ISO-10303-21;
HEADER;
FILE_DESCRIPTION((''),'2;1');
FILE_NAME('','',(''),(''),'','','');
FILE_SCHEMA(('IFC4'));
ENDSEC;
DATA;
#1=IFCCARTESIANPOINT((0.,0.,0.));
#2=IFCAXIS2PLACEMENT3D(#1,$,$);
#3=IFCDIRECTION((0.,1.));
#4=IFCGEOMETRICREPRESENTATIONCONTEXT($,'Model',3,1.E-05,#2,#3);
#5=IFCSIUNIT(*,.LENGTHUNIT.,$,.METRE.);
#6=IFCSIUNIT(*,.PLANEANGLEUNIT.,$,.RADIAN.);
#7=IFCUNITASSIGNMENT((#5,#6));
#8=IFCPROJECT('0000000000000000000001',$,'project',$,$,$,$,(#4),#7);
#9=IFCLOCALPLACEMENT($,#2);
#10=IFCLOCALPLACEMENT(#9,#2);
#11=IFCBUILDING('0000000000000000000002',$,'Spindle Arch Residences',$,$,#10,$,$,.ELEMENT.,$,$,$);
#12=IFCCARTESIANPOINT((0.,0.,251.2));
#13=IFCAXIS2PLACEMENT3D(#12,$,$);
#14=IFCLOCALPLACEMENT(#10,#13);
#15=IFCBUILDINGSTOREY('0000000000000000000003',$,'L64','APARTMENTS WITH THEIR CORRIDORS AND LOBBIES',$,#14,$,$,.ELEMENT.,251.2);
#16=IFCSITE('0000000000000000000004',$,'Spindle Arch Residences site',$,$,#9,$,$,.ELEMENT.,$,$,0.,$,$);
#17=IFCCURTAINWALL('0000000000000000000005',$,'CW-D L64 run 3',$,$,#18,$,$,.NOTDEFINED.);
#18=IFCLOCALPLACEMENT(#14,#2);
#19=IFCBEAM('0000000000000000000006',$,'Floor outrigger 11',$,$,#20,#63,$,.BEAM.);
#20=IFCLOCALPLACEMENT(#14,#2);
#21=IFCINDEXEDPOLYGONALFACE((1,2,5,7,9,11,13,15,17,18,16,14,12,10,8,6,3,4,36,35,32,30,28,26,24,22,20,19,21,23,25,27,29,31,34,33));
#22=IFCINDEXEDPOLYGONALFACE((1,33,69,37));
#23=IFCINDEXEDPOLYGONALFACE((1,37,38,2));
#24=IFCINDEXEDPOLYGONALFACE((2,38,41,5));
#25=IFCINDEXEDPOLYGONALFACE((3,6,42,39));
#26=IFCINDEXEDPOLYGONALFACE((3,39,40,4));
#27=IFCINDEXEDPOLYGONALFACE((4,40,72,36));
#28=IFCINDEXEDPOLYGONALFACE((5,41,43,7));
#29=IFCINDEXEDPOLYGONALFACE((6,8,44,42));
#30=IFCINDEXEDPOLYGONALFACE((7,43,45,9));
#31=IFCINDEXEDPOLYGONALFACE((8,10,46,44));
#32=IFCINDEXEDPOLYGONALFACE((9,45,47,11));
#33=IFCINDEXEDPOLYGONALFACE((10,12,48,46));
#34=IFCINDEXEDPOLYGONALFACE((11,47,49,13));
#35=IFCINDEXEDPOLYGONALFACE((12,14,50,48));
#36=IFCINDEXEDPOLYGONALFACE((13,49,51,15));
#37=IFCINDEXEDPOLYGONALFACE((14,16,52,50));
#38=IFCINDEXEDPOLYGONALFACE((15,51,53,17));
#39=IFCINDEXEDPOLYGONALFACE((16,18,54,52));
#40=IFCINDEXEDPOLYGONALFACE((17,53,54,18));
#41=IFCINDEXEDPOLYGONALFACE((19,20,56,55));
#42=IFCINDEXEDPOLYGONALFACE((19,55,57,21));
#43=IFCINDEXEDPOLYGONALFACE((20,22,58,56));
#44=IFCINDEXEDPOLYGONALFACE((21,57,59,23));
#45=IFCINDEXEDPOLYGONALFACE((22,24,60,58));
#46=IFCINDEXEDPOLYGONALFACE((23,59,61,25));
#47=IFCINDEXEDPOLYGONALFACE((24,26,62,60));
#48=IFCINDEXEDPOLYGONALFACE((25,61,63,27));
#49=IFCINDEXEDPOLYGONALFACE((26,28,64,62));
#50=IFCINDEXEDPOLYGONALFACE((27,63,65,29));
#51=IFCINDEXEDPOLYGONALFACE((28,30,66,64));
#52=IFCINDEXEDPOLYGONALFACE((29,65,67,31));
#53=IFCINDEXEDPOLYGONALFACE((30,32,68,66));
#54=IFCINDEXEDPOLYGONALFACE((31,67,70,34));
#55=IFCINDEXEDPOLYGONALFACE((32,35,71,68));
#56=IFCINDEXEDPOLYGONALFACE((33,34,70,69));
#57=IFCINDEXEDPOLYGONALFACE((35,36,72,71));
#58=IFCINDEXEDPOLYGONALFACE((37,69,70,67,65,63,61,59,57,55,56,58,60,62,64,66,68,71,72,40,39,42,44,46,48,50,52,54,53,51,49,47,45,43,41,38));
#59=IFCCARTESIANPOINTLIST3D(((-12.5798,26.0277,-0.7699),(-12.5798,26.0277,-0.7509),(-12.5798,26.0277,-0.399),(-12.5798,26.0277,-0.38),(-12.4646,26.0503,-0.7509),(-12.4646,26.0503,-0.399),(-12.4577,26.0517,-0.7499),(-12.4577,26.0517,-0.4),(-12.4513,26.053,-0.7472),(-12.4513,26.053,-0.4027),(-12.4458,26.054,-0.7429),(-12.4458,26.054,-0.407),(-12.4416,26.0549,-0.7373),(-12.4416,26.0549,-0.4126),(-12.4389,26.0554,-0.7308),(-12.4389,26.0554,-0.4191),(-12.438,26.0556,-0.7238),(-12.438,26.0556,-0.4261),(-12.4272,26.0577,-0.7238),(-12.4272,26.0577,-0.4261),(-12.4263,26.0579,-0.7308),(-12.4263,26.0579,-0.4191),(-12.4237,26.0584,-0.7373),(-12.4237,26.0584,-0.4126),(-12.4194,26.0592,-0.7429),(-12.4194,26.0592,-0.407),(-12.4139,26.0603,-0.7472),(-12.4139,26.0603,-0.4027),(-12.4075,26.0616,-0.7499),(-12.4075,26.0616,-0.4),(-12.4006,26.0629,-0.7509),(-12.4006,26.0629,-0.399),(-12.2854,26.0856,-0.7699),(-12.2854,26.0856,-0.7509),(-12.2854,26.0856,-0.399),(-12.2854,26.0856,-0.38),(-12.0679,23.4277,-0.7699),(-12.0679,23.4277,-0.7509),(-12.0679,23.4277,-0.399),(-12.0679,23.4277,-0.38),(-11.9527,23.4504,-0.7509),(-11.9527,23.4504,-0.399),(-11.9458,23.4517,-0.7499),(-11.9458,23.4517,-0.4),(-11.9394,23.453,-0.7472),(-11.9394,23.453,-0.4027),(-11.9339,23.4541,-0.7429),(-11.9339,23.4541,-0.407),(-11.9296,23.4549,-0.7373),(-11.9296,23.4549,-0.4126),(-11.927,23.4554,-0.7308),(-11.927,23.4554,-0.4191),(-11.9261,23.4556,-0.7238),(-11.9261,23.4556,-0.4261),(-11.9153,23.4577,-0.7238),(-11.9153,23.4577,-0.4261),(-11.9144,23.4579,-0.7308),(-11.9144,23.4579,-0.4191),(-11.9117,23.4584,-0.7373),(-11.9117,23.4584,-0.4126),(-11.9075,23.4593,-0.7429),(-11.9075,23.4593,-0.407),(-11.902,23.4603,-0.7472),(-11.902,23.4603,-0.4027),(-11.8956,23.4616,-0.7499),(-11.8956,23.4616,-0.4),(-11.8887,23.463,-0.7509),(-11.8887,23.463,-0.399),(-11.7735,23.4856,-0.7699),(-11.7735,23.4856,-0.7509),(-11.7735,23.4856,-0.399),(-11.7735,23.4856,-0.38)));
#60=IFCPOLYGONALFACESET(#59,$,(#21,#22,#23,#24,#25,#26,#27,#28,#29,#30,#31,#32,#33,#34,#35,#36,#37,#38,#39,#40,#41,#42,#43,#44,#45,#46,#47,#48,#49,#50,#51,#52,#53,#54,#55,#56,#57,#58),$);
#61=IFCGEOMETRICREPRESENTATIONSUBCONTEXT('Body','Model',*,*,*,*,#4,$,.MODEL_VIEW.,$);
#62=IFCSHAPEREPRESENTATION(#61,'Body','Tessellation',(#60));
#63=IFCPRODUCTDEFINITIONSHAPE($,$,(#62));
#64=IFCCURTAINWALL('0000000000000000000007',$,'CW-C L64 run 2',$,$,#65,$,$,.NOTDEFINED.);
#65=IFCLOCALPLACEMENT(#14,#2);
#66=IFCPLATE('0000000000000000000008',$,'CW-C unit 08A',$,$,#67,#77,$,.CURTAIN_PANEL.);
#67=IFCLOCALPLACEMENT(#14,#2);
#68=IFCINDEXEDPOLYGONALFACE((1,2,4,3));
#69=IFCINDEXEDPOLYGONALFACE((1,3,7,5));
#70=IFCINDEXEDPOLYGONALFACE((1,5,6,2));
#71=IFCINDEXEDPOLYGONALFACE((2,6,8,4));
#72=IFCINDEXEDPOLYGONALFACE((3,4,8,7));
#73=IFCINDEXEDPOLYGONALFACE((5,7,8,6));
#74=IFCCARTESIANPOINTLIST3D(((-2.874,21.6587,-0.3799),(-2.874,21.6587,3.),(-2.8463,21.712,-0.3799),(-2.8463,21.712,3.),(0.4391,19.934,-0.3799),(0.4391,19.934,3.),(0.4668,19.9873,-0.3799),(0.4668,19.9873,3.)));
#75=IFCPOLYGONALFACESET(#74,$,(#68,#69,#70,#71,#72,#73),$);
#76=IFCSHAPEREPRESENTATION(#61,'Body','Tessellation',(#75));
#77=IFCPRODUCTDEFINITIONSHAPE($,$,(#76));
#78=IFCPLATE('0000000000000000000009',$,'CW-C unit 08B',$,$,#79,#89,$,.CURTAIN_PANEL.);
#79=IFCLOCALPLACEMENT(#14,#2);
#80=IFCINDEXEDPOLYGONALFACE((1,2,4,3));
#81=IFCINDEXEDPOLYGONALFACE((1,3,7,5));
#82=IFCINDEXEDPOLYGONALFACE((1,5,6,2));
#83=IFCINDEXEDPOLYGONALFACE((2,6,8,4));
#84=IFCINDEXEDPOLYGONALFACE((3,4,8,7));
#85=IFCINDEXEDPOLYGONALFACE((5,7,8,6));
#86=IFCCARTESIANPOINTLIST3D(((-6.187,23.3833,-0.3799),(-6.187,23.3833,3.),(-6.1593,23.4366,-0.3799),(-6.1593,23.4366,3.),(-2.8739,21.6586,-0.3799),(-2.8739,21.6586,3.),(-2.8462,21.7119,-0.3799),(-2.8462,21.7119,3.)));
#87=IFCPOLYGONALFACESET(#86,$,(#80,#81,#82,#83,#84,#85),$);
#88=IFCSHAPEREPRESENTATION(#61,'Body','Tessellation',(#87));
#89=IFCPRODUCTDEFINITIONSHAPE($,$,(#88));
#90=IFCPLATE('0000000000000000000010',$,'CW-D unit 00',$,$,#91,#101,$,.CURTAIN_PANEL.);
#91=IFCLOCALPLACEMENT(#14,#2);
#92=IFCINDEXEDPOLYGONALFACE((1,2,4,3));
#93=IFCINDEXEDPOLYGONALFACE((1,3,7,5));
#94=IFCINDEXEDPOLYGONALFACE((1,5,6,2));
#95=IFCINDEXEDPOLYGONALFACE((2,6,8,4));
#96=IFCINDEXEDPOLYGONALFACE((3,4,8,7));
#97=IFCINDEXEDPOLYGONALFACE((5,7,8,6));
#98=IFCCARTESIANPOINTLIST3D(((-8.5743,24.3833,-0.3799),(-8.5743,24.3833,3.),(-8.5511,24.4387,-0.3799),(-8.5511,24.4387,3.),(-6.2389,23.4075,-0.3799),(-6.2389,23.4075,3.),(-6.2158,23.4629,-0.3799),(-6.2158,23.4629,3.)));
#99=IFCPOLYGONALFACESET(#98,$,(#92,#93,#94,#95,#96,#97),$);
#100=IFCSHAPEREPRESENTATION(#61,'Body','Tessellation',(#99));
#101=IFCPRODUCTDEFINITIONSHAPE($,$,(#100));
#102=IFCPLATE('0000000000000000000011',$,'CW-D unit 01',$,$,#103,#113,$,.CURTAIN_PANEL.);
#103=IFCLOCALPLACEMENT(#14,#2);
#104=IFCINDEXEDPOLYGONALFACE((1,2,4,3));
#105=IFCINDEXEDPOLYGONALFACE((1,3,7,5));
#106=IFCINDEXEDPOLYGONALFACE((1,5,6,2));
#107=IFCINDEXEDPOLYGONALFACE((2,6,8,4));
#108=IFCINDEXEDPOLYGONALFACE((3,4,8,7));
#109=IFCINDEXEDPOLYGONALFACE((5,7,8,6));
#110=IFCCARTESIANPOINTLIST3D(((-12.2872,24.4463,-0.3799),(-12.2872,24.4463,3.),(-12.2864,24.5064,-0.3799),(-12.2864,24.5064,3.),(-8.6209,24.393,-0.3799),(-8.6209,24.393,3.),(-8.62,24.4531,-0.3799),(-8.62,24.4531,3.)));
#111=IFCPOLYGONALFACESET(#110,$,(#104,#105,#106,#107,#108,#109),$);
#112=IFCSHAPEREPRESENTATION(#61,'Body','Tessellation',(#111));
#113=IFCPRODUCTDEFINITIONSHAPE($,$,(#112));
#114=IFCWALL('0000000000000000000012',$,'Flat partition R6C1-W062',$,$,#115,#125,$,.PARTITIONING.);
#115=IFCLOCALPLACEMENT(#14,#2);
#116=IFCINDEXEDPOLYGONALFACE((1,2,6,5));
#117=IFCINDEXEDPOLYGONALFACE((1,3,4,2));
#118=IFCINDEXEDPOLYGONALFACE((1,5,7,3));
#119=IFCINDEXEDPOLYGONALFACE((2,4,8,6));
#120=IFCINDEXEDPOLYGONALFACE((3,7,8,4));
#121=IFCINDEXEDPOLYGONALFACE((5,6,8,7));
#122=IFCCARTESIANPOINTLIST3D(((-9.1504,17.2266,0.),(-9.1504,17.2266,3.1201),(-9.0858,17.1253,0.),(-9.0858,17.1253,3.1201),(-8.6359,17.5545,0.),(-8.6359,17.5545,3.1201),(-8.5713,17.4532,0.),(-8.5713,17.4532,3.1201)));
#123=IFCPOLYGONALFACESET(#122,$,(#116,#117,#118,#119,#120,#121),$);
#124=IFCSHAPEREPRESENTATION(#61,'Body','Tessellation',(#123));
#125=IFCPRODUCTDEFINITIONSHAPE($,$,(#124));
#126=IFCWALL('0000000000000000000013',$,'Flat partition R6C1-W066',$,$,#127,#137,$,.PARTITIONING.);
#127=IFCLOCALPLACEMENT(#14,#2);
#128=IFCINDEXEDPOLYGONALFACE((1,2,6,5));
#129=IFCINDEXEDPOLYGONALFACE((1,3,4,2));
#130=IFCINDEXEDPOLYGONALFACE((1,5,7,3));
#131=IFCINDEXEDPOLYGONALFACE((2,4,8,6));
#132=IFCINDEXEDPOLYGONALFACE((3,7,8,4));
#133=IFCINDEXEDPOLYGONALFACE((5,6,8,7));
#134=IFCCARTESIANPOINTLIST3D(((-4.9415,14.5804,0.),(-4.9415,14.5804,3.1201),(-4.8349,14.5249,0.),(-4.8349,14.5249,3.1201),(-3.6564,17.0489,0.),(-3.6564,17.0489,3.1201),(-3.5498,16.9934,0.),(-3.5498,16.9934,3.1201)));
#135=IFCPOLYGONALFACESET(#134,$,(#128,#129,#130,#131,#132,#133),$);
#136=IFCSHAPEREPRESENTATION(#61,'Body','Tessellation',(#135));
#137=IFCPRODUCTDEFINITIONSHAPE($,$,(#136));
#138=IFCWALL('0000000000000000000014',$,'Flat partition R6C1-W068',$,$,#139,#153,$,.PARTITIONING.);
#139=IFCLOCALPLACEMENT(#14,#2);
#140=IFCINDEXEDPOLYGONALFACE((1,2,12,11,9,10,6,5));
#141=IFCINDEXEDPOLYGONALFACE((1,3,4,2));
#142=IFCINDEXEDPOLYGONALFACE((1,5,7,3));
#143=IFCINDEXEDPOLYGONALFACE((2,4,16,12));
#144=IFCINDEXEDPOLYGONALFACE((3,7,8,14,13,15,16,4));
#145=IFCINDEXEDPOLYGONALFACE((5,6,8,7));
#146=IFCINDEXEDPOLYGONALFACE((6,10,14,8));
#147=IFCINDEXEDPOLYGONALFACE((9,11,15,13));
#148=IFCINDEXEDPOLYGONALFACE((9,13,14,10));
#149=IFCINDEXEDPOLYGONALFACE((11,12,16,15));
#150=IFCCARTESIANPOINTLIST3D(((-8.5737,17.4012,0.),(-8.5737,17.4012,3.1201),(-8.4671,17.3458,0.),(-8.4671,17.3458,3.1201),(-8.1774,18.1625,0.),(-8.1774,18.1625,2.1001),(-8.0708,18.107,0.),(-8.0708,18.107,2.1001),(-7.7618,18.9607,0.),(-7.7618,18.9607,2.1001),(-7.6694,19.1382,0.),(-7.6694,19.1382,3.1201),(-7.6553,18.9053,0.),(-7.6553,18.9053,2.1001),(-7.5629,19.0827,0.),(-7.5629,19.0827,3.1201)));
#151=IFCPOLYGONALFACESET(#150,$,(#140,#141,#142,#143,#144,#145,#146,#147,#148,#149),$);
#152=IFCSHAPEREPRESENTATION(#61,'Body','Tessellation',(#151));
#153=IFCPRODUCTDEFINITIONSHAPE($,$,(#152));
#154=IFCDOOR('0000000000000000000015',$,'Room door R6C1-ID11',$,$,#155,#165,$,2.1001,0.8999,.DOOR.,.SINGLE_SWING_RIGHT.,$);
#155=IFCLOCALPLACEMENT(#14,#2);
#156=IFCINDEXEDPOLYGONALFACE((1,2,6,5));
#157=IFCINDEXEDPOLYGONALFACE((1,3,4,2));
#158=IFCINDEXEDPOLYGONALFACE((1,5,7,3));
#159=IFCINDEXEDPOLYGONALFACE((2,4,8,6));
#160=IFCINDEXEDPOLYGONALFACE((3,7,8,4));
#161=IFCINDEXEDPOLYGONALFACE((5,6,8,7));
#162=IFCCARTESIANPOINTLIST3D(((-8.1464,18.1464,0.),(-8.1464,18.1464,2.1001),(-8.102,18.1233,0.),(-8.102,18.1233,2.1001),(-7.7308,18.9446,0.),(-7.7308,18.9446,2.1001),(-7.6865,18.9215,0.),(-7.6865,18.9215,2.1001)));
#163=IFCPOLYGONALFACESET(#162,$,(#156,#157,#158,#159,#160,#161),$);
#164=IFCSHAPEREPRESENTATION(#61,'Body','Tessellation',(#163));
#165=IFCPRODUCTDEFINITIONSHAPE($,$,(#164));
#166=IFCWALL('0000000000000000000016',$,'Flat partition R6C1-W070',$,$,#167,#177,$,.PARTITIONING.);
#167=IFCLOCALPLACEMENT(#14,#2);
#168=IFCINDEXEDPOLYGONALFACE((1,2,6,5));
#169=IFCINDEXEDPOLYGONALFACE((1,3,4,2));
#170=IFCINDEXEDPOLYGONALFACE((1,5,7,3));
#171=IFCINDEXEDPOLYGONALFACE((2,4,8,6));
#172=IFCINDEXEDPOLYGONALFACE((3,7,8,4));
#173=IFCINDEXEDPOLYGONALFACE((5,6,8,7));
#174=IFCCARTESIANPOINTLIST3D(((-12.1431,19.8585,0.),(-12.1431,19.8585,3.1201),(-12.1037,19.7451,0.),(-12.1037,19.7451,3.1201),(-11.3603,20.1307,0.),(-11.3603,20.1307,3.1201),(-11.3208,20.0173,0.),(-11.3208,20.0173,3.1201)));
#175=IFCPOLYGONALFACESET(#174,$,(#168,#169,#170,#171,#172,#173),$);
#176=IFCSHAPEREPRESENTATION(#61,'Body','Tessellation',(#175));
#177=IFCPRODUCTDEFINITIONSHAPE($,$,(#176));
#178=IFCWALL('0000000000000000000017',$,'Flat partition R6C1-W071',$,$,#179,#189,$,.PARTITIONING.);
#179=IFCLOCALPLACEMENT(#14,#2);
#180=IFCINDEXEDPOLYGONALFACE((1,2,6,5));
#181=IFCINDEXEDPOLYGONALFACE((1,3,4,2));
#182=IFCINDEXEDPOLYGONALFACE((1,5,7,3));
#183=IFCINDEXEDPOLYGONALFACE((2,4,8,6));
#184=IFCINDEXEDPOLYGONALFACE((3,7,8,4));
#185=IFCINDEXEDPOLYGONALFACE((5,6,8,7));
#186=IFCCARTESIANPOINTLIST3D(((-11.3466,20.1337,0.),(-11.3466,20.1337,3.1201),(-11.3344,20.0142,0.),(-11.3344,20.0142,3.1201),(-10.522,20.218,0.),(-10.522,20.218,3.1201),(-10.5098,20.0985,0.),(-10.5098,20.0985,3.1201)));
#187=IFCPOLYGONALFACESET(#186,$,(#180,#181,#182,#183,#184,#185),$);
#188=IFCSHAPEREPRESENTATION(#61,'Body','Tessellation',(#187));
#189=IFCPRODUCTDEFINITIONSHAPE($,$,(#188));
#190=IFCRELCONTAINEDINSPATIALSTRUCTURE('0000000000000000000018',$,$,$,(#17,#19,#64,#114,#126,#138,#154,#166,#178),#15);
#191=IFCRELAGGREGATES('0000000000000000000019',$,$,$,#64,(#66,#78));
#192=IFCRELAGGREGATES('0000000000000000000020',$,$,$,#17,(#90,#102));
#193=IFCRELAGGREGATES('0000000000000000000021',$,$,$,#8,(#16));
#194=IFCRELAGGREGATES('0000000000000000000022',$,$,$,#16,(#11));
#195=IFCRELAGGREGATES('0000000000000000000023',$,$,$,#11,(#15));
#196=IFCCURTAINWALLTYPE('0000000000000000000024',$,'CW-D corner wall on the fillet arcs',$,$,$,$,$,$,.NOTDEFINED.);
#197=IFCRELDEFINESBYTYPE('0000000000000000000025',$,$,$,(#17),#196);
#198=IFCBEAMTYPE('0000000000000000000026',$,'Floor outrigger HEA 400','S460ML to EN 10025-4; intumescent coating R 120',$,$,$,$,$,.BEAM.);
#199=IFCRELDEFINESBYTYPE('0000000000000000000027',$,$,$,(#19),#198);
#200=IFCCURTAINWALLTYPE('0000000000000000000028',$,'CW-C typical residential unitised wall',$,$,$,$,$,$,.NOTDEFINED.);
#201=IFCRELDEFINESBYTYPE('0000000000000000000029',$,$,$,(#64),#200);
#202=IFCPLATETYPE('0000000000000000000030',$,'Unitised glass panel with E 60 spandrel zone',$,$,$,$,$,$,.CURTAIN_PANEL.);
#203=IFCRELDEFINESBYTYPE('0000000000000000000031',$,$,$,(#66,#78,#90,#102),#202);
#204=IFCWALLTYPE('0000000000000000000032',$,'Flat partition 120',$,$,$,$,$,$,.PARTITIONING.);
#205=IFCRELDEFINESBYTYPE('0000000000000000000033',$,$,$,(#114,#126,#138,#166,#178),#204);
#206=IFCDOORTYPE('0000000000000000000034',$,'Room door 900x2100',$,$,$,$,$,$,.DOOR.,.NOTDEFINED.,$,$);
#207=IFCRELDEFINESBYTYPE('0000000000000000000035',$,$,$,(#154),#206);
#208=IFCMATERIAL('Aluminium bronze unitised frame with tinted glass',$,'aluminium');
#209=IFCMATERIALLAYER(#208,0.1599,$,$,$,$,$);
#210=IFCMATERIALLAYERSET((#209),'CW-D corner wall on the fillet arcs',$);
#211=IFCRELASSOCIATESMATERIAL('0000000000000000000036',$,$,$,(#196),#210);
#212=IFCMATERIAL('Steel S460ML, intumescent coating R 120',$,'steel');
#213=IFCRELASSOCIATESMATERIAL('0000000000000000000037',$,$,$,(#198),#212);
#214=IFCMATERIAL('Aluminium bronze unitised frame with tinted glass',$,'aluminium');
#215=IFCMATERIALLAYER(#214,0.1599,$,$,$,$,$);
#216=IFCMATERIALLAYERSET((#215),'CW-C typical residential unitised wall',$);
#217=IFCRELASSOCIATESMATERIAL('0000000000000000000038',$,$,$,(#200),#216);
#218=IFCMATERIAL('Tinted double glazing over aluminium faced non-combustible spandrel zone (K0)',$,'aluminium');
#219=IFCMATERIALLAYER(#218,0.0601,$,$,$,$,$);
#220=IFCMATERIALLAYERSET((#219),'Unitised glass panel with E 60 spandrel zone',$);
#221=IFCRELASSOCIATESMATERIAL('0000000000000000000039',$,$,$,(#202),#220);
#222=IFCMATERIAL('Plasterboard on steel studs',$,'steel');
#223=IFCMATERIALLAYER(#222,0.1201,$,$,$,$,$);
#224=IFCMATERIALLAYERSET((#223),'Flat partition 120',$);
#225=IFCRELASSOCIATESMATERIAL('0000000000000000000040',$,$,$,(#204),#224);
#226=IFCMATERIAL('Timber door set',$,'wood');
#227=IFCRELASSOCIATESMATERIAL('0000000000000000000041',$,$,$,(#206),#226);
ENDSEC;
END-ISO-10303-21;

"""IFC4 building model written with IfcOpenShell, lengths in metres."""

from ifc_helpers import new_model, si_unit, direction, frame, frame_2d, origin, origin_2d, place, context, subcontext, project, spatial, rectangle, i_section, extrude, material, layer, layer_set, material_profile, profile_set, type_object, element, fill, aggregate, save


model = new_model("IFC4")

# Units and contexts
model_context = context("Model", 3, precision=1e-05, world=origin(), true_north=direction((0.0, 1.0)))
body_context = subcontext(model_context, "Body", "Model", "MODEL_VIEW")
ifc_project = project(units=[si_unit("LENGTHUNIT", "METRE"), si_unit("PLANEANGLEUNIT", "RADIAN")], contexts=[model_context])

# Site, building, storey
site_placement = place(None, origin())
site = spatial("IfcSite", under=ifc_project, at=site_placement, Name="Spindle Arch Residences site", CompositionType="ELEMENT", RefElevation=0.0)
building_placement = place(site_placement, origin())
building = spatial("IfcBuilding", under=site, at=building_placement, Name="Spindle Arch Residences", CompositionType="ELEMENT")
storey_placement = place(building_placement, frame((0.0, 0.0, 251.2)))
storey = spatial("IfcBuildingStorey", under=building, at=storey_placement, Name="L64", Description="APARTMENTS WITH THEIR CORRIDORS AND LOBBIES", CompositionType="ELEMENT", Elevation=251.2)

# Curtain wall
ifc_material_1 = material(Name="Aluminium bronze unitised frame with tinted glass", Category="aluminium")
ifc_layer_1 = layer(ifc_material_1, 0.1599)
ifc_layer_set_1 = layer_set([ifc_layer_1], Name="CW-D corner wall on the fillet arcs")
curtain_wall_type_1 = type_object("IfcCurtainWallType", Name="CW-D corner wall on the fillet arcs", PredefinedType="NOTDEFINED", material=ifc_layer_set_1)
curtain_wall_1_placement = place(storey_placement, origin())
curtain_wall_1 = element("IfcCurtainWall", 1, at=curtain_wall_1_placement, inside=storey, type_object=curtain_wall_type_1, Name="CW-D L64 run 3", PredefinedType="NOTDEFINED")

# Beam
ifc_material_2 = material(Name="Steel S460ML, intumescent coating R 120", Category="steel")
ifc_material_profile_1 = material_profile(ifc_material_2, i_section(OverallWidth=0.3, OverallDepth=0.3899, WebThickness=0.011, FlangeThickness=0.019, FilletRadius=0.0271, at=origin_2d()), Name="HEA 400")
ifc_profile_set_1 = profile_set([ifc_material_profile_1], Name="Steel S460ML, intumescent coating R 120")
beam_type_1 = type_object("IfcBeamType", Name="Floor outrigger HEA 400", Description="S460ML to EN 10025-4; intumescent coating R 120", PredefinedType="BEAM", material=ifc_profile_set_1)
beam_1_placement = place(storey_placement, frame((-12.4326, 26.0566, -0.575), z_axis=(0.193192, -0.981161, 0.0), x_axis=(0.981161, 0.193192, 0.0)))
element("IfcBeam", 2, at=beam_1_placement, inside=storey, type_object=beam_type_1, Name="Floor outrigger 11", PredefinedType="BEAM", context=body_context, shape_type="SweptSolid", body=[
    extrude(i_section(OverallWidth=0.3, OverallDepth=0.3899, WebThickness=0.011, FlangeThickness=0.019, FilletRadius=0.0271, at=origin_2d()), origin(), (0.0, 0.0, 1.0), 2.6499),
])

# Curtain wall, plates
ifc_material_3 = material(Name="Aluminium bronze unitised frame with tinted glass", Category="aluminium")
ifc_layer_2 = layer(ifc_material_3, 0.1599)
ifc_layer_set_2 = layer_set([ifc_layer_2], Name="CW-C typical residential unitised wall")
curtain_wall_type_2 = type_object("IfcCurtainWallType", Name="CW-C typical residential unitised wall", PredefinedType="NOTDEFINED", material=ifc_layer_set_2)
curtain_wall_2_placement = place(storey_placement, origin())
curtain_wall_2 = element("IfcCurtainWall", 3, at=curtain_wall_2_placement, inside=storey, type_object=curtain_wall_type_2, Name="CW-C L64 run 2", PredefinedType="NOTDEFINED")
ifc_material_4 = material(Name="Tinted double glazing over aluminium faced non-combustible spandrel zone (K0)", Category="aluminium")
ifc_layer_3 = layer(ifc_material_4, 0.0601)
ifc_layer_set_3 = layer_set([ifc_layer_3], Name="Unitised glass panel with E 60 spandrel zone")
plate_type = type_object("IfcPlateType", Name="Unitised glass panel with E 60 spandrel zone", PredefinedType="CURTAIN_PANEL", material=ifc_layer_set_3)
plate_1_placement = place(storey_placement, frame((-1.2036, 20.823, -0.3799), z_axis=(0.0, 0.0, 1.0), x_axis=(-0.887011, 0.461749, 0.0)))
plate_1 = element("IfcPlate", 4, at=plate_1_placement, type_object=plate_type, Name="CW-C unit 08A", PredefinedType="CURTAIN_PANEL", context=body_context, shape_type="SweptSolid", body=[
    extrude(rectangle(XDim=3.7351, YDim=0.0601, at=origin_2d()), origin(), (0.0, 0.0, 1.0), 3.3799),
])
plate_2_placement = place(storey_placement, frame((-4.5166, 22.5476, -0.3799), z_axis=(0.0, 0.0, 1.0), x_axis=(-0.887011, 0.461749, 0.0)))
plate_2 = element("IfcPlate", 5, at=plate_2_placement, type_object=plate_type, Name="CW-C unit 08B", PredefinedType="CURTAIN_PANEL", context=body_context, shape_type="SweptSolid", body=[
    extrude(rectangle(XDim=3.7351, YDim=0.0601, at=origin_2d()), origin(), (0.0, 0.0, 1.0), 3.3799),
])
aggregate(curtain_wall_2, [plate_1, plate_2])

# Plates
plate_3_placement = place(storey_placement, frame((-7.395, 23.9231, -0.3799), z_axis=(0.0, 0.0, 1.0), x_axis=(-0.922686, 0.385552, 0.0)))
plate_3 = element("IfcPlate", 6, at=plate_3_placement, type_object=plate_type, Name="CW-D unit 00", PredefinedType="CURTAIN_PANEL", context=body_context, shape_type="SweptSolid", body=[
    extrude(rectangle(XDim=2.531, YDim=0.0601, at=origin_2d()), origin(), (0.0, 0.0, 1.0), 3.3799),
])
plate_4_placement = place(storey_placement, frame((-10.4536, 24.4497, -0.3799), z_axis=(0.0, 0.0, 1.0), x_axis=(-0.999894, 0.014544, 0.0)))
plate_4 = element("IfcPlate", 7, at=plate_4_placement, type_object=plate_type, Name="CW-D unit 01", PredefinedType="CURTAIN_PANEL", context=body_context, shape_type="SweptSolid", body=[
    extrude(rectangle(XDim=3.6667, YDim=0.0601, at=origin_2d()), origin(), (0.0, 0.0, 1.0), 3.3799),
])
aggregate(curtain_wall_1, [plate_3, plate_4])

# Walls
ifc_material_5 = material(Name="Plasterboard on steel studs", Category="steel")
ifc_layer_4 = layer(ifc_material_5, 0.1201)
ifc_layer_set_4 = layer_set([ifc_layer_4], Name="Flat partition 120")
wall_type_1 = type_object("IfcWallType", Name="Flat partition 120", PredefinedType="PARTITIONING", material=ifc_layer_set_4)
wall_1_placement = place(storey_placement, frame((-8.6035, 17.5039, 0.0), z_axis=(0.0, 0.0, 1.0), x_axis=(-0.843266, -0.537497, 0.0)))
element("IfcWall", 8, at=wall_1_placement, inside=storey, type_object=wall_type_1, Name="Flat partition R6C1-W062", PredefinedType="PARTITIONING", context=body_context, shape_type="SweptSolid", body=[
    extrude(rectangle(XDim=0.6101, YDim=0.1201, at=frame_2d((0.3052, 0.0))), origin(), (0.0, 0.0, 1.0), 3.1201),
])
wall_2_placement = place(storey_placement, frame((-3.603, 17.0212, 0.0), z_axis=(0.0, 0.0, 1.0), x_axis=(-0.461786, -0.886991, 0.0)))
element("IfcWall", 9, at=wall_2_placement, inside=storey, type_object=wall_type_1, Name="Flat partition R6C1-W066", PredefinedType="PARTITIONING", context=body_context, shape_type="SweptSolid", body=[
    extrude(rectangle(XDim=2.783, YDim=0.1201, at=frame_2d((1.3916, 0.0))), origin(), (0.0, 0.0, 1.0), 3.1201),
])

# Wall, opening, door
wall_3_placement = place(storey_placement, frame((-7.6162, 19.1104, 0.0), z_axis=(0.0, 0.0, 1.0), x_axis=(-0.461765, -0.887002, 0.0)))
wall_3 = element("IfcWall", 10, at=wall_3_placement, inside=storey, type_object=wall_type_1, Name="Flat partition R6C1-W068", PredefinedType="PARTITIONING", context=body_context, shape_type="SweptSolid", body=[
    extrude(rectangle(XDim=1.9583, YDim=0.1201, at=frame_2d((0.979, 0.0))), origin(), (0.0, 0.0, 1.0), 3.1201),
])
opening_1_placement = place(wall_3_placement, frame((0.2, 0.0, 0.0)))
opening_1 = element("IfcOpeningElement", 11, at=opening_1_placement, cuts=wall_3, PredefinedType="OPENING", context=body_context, shape_type="SweptSolid", body=[
    extrude(rectangle(XDim=0.8999, YDim=2.1001, at=frame_2d((0.45, 1.05))), frame((0.0, 0.0701, 0.0), z_axis=(0.0, -1.0, 0.0), x_axis=(1.0, 0.0, 0.0)), (0.0, 0.0, 1.0), 0.1401),
])
ifc_material_6 = material(Name="Timber door set", Category="wood")
door_type = type_object("IfcDoorType", Name="Room door 900x2100", OperationType="NOTDEFINED", PredefinedType="DOOR", material=ifc_material_6)
door_1_placement = place(opening_1_placement, origin())
door_1 = element("IfcDoor", 12, at=door_1_placement, inside=storey, type_object=door_type, Name="Room door R6C1-ID11", OperationType="SINGLE_SWING_RIGHT", OverallHeight=2.1001, OverallWidth=0.8999, PredefinedType="DOOR", context=body_context, shape_type="SweptSolid", body=[
    extrude(rectangle(XDim=0.8999, YDim=2.1001, at=frame_2d((0.45, 1.05))), frame((0.0, 0.0249, 0.0), z_axis=(0.0, -1.0, 0.0), x_axis=(1.0, 0.0, 0.0)), (0.0, 0.0, 1.0), 0.05),
])
fill(opening_1, door_1)

# Walls
for number, where, z_axis, x_axis, name in (
    (13, (-12.1235, 19.8018, 0.0), (0.0, 0.0, 1.0), (0.94454, 0.328395, 0.0), "Flat partition R6C1-W070"),
    (14, (-11.3406, 20.074, 0.0), (0.0, 0.0, 1.0), (0.994822, 0.101633, 0.0), "Flat partition R6C1-W071"),
):
    element("IfcWall", number, at=place(storey_placement, frame(where, z_axis=z_axis, x_axis=x_axis)), inside=storey, type_object=wall_type_1, Name=name, PredefinedType="PARTITIONING", context=body_context, shape_type="SweptSolid", body=[
        extrude(rectangle(XDim=0.8289, YDim=0.1201, at=frame_2d((0.4146, 0.0))), origin(), (0.0, 0.0, 1.0), 3.1201),
    ])

save(model, "model.ifc")
